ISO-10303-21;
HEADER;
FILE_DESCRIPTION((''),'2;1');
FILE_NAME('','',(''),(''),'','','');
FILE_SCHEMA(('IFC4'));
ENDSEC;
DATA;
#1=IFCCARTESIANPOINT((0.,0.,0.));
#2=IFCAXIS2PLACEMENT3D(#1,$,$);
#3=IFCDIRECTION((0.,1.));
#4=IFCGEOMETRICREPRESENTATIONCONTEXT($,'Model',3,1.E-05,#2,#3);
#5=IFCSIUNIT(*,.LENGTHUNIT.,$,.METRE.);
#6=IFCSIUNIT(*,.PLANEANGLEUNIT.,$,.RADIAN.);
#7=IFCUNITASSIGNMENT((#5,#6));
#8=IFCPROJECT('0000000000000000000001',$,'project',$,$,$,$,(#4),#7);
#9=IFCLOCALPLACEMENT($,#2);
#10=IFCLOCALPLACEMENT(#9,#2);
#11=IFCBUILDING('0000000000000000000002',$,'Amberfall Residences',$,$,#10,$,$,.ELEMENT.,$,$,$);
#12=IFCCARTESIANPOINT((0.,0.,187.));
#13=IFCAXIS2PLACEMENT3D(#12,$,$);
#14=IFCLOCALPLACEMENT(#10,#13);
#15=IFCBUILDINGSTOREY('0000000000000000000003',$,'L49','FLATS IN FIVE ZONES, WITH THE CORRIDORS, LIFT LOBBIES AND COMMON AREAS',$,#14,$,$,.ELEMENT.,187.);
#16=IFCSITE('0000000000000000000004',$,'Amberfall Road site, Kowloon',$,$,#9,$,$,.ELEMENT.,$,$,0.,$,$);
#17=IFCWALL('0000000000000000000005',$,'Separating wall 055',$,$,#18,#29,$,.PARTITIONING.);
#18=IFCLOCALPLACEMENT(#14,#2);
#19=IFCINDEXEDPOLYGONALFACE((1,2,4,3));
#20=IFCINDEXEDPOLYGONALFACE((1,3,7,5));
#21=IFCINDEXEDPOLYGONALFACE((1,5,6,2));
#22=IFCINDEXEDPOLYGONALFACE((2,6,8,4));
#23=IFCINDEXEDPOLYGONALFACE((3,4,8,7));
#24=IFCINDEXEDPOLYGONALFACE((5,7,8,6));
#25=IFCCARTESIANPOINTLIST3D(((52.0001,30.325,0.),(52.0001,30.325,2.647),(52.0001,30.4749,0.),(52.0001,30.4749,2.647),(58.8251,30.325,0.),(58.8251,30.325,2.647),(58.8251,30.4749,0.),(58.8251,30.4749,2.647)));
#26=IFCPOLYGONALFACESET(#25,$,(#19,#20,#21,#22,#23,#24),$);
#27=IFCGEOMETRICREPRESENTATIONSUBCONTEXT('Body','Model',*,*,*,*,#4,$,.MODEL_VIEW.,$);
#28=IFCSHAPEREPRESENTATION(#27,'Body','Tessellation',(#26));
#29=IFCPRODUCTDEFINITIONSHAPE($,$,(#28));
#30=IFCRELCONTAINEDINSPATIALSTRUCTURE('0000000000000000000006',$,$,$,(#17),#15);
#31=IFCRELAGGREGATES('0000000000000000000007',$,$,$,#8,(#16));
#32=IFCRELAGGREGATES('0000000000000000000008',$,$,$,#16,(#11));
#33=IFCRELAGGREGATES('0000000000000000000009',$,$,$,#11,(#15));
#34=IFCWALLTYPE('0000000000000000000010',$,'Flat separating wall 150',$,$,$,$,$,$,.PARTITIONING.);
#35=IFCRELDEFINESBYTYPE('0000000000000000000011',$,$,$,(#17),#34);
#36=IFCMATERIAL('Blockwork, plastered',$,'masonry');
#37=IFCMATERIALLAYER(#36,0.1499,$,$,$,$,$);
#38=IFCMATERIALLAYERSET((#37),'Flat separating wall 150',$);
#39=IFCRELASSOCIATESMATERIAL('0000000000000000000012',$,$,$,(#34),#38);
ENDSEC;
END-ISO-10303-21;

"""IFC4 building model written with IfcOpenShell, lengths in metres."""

from ifc_helpers import new_model, si_unit, direction, frame, frame_2d, origin, place, context, subcontext, project, spatial, rectangle, extrude, material, layer, layer_set, type_object, element, save


model = new_model("IFC4")

# Units and contexts
model_context = context("Model", 3, precision=1e-05, world=origin(), true_north=direction((0.0, 1.0)))
body_context = subcontext(model_context, "Body", "Model", "MODEL_VIEW")
ifc_project = project(units=[si_unit("LENGTHUNIT", "METRE"), si_unit("PLANEANGLEUNIT", "RADIAN")], contexts=[model_context])

# Site, building, storey
site_placement = place(None, origin())
site = spatial("IfcSite", under=ifc_project, at=site_placement, Name="Amberfall Road site, Kowloon", CompositionType="ELEMENT", RefElevation=0.0)
building_placement = place(site_placement, origin())
building = spatial("IfcBuilding", under=site, at=building_placement, Name="Amberfall Residences", CompositionType="ELEMENT")
storey_placement = place(building_placement, frame((0.0, 0.0, 187.0)))
storey = spatial("IfcBuildingStorey", under=building, at=storey_placement, Name="L49", Description="FLATS IN FIVE ZONES, WITH THE CORRIDORS, LIFT LOBBIES AND COMMON AREAS", CompositionType="ELEMENT", Elevation=187.0)

# Wall
ifc_material_1 = material(Name="Blockwork, plastered", Category="masonry")
ifc_layer_1 = layer(ifc_material_1, 0.1499)
ifc_layer_set_1 = layer_set([ifc_layer_1], Name="Flat separating wall 150")
wall_type_1 = type_object("IfcWallType", Name="Flat separating wall 150", PredefinedType="PARTITIONING", material=ifc_layer_set_1)
wall_1_placement = place(storey_placement, frame((52.0, 30.3999, 0.0), z_axis=(0.0, 0.0, 1.0), x_axis=(1.0, 0.0, 0.0)))
element("IfcWall", 1, at=wall_1_placement, inside=storey, type_object=wall_type_1, Name="Separating wall 055", PredefinedType="PARTITIONING", context=body_context, shape_type="SweptSolid", body=[
    extrude(rectangle(XDim=6.825, YDim=0.1499, at=frame_2d((3.4126, 0.0))), origin(), (0.0, 0.0, 1.0), 2.647),
])

save(model, "model.ifc")
